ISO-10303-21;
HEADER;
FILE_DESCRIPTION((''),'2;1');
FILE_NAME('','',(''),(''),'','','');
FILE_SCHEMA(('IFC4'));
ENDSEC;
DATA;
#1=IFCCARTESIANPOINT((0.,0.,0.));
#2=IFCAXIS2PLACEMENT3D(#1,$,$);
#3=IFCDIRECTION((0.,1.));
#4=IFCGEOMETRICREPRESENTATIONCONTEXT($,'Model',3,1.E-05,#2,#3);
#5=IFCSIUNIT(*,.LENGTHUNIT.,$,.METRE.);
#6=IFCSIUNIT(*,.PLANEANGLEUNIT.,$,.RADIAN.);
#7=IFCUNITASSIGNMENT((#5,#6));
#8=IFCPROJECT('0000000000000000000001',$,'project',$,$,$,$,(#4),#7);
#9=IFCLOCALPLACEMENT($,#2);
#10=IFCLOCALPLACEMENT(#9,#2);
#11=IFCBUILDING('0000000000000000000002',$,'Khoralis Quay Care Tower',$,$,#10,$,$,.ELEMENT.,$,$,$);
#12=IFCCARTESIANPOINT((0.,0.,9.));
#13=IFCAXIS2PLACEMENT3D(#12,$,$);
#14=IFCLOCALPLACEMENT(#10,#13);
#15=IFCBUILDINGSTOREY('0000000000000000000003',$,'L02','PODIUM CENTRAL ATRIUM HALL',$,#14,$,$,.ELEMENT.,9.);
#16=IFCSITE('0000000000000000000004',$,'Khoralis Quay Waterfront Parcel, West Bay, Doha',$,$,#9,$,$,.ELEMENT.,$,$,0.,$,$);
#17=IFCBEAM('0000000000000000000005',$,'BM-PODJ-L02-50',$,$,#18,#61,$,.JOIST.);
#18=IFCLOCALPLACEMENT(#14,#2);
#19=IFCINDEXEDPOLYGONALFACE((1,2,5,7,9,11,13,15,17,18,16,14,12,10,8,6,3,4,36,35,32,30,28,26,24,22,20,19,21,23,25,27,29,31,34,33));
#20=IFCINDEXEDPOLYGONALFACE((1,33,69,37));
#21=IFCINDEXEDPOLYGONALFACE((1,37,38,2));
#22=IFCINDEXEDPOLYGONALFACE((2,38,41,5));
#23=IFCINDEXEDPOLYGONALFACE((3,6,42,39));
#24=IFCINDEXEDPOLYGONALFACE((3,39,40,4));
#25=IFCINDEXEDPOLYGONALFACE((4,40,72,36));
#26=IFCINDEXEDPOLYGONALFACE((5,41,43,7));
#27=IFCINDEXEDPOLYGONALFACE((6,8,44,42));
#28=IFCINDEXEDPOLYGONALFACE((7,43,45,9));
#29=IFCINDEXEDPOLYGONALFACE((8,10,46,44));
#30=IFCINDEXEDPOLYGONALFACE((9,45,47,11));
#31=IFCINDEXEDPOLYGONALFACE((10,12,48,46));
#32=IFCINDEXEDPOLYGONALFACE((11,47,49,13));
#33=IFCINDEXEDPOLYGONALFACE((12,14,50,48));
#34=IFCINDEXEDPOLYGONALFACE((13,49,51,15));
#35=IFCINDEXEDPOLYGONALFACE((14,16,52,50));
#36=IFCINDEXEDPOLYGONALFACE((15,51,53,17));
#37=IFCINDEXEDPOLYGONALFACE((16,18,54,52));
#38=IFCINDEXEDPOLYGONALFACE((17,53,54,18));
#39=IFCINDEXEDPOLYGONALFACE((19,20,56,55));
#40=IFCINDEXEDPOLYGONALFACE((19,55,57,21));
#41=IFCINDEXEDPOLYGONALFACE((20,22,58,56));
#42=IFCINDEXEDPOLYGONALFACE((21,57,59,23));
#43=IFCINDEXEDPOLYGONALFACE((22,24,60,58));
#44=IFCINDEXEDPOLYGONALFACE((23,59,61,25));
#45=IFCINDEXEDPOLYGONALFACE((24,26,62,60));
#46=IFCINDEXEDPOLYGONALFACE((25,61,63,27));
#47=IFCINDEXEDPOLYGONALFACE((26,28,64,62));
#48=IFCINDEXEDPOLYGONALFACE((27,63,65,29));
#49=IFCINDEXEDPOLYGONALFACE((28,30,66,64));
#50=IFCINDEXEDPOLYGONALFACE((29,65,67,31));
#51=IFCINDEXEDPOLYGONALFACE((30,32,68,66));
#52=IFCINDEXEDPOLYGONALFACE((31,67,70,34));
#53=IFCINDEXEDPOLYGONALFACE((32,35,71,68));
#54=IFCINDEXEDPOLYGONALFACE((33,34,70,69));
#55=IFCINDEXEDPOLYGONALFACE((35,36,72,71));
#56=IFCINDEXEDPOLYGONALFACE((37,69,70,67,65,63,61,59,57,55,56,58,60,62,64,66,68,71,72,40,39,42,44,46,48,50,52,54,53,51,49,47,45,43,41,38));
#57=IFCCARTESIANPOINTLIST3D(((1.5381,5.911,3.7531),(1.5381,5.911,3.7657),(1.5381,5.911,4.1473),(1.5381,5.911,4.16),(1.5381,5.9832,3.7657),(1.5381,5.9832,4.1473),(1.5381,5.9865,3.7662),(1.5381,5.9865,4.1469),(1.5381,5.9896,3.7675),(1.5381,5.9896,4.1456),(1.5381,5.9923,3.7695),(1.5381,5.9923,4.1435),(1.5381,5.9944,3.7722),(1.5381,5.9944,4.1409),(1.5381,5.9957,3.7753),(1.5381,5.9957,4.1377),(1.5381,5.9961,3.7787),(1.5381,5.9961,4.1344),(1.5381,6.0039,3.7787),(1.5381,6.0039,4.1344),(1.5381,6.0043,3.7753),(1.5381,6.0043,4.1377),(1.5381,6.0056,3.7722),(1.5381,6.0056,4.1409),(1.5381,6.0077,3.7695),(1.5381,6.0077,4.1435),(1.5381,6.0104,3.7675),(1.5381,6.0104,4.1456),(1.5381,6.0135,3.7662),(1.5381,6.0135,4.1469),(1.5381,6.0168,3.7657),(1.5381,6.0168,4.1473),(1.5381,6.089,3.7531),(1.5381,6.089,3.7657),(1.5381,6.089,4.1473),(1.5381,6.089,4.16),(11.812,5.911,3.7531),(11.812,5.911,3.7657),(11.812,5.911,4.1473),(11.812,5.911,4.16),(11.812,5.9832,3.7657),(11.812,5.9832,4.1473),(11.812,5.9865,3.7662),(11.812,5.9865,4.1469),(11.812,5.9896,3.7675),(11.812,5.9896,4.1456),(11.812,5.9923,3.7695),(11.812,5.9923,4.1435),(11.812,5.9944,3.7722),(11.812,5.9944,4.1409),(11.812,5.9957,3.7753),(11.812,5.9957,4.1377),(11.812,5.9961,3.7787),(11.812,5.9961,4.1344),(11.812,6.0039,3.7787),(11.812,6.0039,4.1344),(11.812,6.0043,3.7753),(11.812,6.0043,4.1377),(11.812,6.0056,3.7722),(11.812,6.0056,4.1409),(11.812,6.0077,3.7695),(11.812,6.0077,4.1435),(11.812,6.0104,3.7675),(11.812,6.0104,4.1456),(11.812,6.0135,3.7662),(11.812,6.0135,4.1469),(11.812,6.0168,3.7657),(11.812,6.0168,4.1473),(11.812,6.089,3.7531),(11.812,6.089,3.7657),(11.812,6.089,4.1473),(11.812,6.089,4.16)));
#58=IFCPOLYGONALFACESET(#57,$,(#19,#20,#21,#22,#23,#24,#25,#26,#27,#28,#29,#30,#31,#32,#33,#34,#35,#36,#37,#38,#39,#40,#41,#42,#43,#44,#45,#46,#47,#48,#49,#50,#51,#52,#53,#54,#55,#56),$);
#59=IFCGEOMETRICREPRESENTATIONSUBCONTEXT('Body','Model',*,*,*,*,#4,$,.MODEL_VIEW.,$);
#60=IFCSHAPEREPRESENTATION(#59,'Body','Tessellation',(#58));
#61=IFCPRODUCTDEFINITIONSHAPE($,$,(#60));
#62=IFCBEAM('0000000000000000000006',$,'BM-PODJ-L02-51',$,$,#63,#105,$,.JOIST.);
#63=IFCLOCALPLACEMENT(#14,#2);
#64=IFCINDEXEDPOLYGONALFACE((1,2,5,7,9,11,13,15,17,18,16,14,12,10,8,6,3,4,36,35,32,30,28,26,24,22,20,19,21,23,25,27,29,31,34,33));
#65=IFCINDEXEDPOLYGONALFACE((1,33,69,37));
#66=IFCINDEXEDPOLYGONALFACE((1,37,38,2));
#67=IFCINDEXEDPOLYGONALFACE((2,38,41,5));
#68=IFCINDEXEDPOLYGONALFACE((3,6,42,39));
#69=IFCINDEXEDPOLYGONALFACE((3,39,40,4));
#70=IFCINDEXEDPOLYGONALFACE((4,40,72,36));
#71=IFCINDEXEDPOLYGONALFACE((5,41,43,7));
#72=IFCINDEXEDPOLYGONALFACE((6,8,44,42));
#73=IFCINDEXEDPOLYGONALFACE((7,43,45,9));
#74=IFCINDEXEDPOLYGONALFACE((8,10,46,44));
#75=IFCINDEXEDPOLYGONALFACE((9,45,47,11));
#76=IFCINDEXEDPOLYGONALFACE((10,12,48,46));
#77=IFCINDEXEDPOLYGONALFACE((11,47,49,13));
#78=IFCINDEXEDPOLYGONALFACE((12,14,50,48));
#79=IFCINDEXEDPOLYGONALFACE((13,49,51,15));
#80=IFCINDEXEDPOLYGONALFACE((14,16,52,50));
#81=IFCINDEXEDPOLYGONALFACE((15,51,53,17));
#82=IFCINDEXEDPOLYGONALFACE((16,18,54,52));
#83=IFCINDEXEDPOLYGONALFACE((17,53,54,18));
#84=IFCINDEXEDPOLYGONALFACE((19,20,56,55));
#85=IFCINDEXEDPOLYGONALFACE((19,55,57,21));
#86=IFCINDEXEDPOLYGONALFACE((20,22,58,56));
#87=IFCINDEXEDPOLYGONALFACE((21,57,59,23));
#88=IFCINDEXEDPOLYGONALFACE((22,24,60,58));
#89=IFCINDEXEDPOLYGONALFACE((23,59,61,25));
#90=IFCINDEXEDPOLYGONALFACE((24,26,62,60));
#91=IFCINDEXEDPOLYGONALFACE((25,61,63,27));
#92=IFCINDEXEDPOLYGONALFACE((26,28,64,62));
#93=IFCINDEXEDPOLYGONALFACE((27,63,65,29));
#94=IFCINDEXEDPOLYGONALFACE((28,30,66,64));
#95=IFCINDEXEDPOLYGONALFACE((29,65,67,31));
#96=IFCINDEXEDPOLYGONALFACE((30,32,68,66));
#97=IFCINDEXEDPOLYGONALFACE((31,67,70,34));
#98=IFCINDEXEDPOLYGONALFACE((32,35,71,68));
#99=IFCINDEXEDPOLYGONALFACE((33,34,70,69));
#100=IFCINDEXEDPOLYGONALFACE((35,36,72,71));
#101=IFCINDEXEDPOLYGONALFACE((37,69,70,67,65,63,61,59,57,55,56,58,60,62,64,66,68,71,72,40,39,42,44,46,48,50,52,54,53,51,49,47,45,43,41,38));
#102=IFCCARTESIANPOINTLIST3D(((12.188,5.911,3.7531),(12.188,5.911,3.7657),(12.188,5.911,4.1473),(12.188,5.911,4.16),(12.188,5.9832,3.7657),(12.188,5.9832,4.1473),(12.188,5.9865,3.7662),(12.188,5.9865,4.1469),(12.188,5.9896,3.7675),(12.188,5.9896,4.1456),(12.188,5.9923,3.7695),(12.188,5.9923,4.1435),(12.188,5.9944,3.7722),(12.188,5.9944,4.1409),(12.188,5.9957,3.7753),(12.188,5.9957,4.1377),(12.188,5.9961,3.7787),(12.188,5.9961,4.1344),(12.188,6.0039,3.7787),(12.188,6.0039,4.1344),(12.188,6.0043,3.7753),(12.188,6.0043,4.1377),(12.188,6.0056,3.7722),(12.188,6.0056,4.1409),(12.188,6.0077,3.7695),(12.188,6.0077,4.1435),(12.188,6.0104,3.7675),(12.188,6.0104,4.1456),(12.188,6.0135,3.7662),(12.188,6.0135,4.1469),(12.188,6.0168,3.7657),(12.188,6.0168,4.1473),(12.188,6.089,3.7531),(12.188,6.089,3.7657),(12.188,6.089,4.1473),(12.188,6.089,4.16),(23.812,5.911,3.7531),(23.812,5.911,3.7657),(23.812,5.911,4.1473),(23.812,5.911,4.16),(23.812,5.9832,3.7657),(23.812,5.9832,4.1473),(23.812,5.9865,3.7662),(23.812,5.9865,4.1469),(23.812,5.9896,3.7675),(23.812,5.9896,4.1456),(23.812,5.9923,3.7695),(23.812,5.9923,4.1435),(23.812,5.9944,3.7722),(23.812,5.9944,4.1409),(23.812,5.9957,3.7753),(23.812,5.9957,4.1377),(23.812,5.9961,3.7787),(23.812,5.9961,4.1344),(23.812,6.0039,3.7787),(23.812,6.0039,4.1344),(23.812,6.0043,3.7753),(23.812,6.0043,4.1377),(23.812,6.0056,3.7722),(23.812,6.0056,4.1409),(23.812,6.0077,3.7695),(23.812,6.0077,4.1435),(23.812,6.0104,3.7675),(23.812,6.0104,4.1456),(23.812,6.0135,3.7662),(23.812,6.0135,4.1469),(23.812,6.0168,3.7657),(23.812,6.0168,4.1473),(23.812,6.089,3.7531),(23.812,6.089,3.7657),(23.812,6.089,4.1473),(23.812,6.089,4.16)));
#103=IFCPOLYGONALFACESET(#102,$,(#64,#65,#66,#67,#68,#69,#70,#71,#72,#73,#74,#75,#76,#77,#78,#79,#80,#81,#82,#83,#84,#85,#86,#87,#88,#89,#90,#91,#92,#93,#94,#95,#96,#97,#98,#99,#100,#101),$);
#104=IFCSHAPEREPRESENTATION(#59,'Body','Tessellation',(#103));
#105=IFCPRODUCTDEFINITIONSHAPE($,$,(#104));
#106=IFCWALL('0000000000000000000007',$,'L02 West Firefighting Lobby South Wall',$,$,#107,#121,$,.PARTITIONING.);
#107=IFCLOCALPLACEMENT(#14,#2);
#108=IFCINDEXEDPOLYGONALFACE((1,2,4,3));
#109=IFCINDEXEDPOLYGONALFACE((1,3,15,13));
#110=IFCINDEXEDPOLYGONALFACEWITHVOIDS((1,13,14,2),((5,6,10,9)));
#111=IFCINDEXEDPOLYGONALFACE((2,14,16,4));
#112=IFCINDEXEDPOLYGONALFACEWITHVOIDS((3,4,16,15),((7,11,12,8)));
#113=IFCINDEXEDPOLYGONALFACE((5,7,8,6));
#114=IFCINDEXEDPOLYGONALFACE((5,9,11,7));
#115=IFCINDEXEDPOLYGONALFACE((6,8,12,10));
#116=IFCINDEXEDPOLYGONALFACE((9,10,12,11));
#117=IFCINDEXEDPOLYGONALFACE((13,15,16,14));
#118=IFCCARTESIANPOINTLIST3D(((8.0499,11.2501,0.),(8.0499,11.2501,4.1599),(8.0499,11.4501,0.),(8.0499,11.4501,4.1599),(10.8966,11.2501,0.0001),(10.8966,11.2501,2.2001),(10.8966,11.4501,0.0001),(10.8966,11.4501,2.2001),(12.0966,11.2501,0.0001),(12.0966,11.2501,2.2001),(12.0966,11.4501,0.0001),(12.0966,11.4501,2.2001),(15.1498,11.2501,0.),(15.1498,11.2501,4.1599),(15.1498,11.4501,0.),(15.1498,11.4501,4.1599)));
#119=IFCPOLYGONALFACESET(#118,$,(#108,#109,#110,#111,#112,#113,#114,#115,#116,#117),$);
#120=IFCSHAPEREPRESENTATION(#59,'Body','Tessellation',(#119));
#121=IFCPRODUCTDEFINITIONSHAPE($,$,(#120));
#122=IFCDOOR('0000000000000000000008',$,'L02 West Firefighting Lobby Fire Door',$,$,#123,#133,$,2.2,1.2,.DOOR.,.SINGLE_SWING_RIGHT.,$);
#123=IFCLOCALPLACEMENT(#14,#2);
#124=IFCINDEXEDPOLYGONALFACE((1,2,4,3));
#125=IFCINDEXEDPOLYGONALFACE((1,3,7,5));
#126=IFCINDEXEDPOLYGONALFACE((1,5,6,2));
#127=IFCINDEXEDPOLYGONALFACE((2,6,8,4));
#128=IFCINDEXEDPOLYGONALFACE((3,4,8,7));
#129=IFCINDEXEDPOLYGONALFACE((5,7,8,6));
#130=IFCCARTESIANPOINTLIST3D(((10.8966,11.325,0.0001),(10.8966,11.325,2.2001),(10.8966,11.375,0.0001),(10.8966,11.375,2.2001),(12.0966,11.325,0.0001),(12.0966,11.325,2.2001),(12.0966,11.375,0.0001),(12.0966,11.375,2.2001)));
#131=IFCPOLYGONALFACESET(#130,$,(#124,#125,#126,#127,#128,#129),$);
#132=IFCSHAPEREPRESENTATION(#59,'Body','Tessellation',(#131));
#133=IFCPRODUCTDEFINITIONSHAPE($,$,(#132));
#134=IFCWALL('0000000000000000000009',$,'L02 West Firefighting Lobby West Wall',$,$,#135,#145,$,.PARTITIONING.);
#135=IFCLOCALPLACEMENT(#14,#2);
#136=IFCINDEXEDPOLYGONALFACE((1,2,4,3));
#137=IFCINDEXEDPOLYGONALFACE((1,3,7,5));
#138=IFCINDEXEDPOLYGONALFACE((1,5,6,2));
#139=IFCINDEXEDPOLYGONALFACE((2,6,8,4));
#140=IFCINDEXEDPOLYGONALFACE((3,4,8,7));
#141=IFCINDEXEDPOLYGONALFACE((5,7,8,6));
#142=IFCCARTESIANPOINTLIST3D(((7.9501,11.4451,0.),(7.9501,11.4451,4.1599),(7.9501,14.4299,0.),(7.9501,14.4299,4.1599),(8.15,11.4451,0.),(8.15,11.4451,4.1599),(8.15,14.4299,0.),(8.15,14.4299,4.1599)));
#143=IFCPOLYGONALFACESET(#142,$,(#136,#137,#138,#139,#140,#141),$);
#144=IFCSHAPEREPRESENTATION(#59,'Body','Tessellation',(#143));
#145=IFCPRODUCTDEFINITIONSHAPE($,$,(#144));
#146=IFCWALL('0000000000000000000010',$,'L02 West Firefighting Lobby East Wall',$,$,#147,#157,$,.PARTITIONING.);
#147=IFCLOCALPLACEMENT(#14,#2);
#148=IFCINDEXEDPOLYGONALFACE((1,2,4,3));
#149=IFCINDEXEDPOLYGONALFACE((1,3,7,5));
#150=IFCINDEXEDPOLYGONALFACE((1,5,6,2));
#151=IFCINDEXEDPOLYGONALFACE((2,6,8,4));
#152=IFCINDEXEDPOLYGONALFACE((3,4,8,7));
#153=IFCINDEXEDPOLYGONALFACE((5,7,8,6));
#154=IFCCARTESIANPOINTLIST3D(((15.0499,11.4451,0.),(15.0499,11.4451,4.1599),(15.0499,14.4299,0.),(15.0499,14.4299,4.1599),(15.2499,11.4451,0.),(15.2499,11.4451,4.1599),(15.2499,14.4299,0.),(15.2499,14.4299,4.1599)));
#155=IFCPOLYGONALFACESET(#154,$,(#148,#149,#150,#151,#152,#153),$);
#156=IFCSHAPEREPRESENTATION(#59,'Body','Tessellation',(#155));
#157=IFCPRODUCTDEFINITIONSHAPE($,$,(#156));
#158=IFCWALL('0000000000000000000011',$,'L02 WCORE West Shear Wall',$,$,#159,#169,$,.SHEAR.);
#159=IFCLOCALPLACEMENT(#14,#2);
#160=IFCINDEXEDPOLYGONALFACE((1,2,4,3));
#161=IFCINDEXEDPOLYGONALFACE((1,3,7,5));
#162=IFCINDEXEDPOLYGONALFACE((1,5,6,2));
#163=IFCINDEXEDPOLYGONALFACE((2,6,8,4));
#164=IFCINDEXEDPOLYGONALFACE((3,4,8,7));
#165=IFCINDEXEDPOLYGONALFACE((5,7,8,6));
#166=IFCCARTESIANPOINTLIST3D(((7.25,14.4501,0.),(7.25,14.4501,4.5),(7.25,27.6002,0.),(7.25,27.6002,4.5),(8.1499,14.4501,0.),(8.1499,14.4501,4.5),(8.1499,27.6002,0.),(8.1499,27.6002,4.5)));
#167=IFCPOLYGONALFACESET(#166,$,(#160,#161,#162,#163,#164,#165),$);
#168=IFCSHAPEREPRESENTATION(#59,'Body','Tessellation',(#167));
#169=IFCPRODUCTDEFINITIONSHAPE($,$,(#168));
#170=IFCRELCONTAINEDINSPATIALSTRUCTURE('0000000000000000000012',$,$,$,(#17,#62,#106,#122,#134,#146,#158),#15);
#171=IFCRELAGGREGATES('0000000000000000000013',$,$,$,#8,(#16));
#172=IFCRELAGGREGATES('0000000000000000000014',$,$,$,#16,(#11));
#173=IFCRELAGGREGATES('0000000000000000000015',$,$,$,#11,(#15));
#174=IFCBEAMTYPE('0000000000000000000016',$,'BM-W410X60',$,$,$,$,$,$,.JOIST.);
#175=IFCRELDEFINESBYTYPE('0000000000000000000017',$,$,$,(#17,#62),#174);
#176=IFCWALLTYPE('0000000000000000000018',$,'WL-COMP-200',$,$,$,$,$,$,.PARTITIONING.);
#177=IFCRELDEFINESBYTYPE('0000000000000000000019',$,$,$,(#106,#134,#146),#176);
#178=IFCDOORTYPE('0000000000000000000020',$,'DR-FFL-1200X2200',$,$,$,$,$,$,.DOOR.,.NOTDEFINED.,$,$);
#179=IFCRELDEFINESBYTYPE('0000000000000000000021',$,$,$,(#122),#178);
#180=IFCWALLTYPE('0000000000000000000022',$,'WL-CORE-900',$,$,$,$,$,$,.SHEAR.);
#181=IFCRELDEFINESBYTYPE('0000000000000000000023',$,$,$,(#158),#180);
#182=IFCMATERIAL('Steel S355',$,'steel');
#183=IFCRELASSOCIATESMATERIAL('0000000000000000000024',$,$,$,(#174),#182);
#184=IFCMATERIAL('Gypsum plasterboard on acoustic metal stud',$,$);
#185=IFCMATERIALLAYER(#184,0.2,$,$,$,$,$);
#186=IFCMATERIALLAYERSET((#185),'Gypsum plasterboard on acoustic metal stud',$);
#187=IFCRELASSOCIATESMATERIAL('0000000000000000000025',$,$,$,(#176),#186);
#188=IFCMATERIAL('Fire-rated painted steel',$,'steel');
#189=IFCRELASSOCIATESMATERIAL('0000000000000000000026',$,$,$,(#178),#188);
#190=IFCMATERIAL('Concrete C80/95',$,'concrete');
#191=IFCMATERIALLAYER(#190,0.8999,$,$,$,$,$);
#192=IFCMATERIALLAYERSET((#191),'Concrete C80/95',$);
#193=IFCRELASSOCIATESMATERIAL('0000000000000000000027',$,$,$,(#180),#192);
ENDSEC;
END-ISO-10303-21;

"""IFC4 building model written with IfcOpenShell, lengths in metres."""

from ifc_helpers import new_model, si_unit, direction, frame, frame_2d, origin, origin_2d, place, context, subcontext, project, spatial, rectangle, i_section, extrude, source, transform, mapped, material, layer, layer_set, material_profile, profile_set, type_object, element, fill, save


model = new_model("IFC4")

# Units and contexts
model_context = context("Model", 3, precision=1e-05, world=origin(), true_north=direction((0.0, 1.0)))
body_context = subcontext(model_context, "Body", "Model", "MODEL_VIEW")
ifc_project = project(units=[si_unit("LENGTHUNIT", "METRE"), si_unit("PLANEANGLEUNIT", "RADIAN")], contexts=[model_context])

# Site, building, storey
site_placement = place(None, origin())
site = spatial("IfcSite", under=ifc_project, at=site_placement, Name="Khoralis Quay Waterfront Parcel, West Bay, Doha", CompositionType="ELEMENT", RefElevation=0.0)
building_placement = place(site_placement, origin())
building = spatial("IfcBuilding", under=site, at=building_placement, Name="Khoralis Quay Care Tower", CompositionType="ELEMENT")
storey_placement = place(building_placement, frame((0.0, 0.0, 9.0)))
storey = spatial("IfcBuildingStorey", under=building, at=storey_placement, Name="L02", Description="PODIUM CENTRAL ATRIUM HALL", CompositionType="ELEMENT", Elevation=9.0)

# Shared definitions
ifc_material_1 = material(Name="Concrete C80/95", Category="concrete")

# Beams
ifc_material_2 = material(Name="Steel S355", Category="steel")
ifc_material_profile_1 = material_profile(ifc_material_2, i_section(OverallWidth=0.178, OverallDepth=0.407, WebThickness=0.0078, FlangeThickness=0.0127, FilletRadius=0.0129, at=origin_2d()), Name="Steel S355")
ifc_profile_set_1 = profile_set([ifc_material_profile_1], Name="Steel S355")
beam_type_1 = type_object("IfcBeamType", Name="BM-W410X60", PredefinedType="JOIST", material=ifc_profile_set_1)
shared_shape_1 = source(origin(), body_context, "Body", "SweptSolid", [
    extrude(i_section(OverallWidth=0.178, OverallDepth=0.407, WebThickness=0.0078, FlangeThickness=0.0127, FilletRadius=0.0129, at=origin_2d()), origin(), (0.0, 0.0, 1.0), 10.2739),
])
beam_1_placement = place(storey_placement, frame((1.5381, 6.0, 3.9565), z_axis=(1.0, 0.0, 0.0), x_axis=(0.0, 1.0, 0.0)))
element("IfcBeam", 1, at=beam_1_placement, inside=storey, type_object=beam_type_1, Name="BM-PODJ-L02-50", PredefinedType="JOIST", context=body_context, shape_type="MappedRepresentation", body=[
    mapped(shared_shape_1, transform((0.0, 0.0, 0.0), scale=1.0)),
])
shared_shape_2 = source(origin(), body_context, "Body", "SweptSolid", [
    extrude(i_section(OverallWidth=0.178, OverallDepth=0.407, WebThickness=0.0078, FlangeThickness=0.0127, FilletRadius=0.0129, at=origin_2d()), origin(), (0.0, 0.0, 1.0), 11.624),
])
beam_2_placement = place(storey_placement, frame((12.188, 6.0, 3.9565), z_axis=(1.0, 0.0, 0.0), x_axis=(0.0, 1.0, 0.0)))
element("IfcBeam", 2, at=beam_2_placement, inside=storey, type_object=beam_type_1, Name="BM-PODJ-L02-51", PredefinedType="JOIST", context=body_context, shape_type="MappedRepresentation", body=[
    mapped(shared_shape_2, transform((0.0, 0.0, 0.0), scale=1.0)),
])

# Wall, opening, door
ifc_material_3 = material(Name="Gypsum plasterboard on acoustic metal stud")
ifc_layer_1 = layer(ifc_material_3, 0.2)
ifc_layer_set_1 = layer_set([ifc_layer_1], Name="Gypsum plasterboard on acoustic metal stud")
wall_type_1 = type_object("IfcWallType", Name="WL-COMP-200", PredefinedType="PARTITIONING", material=ifc_layer_set_1)
wall_1_placement = place(storey_placement, frame((8.05, 11.3501, 0.0), z_axis=(0.0, 0.0, 1.0), x_axis=(1.0, 0.0, 0.0)))
wall_1 = element("IfcWall", 3, at=wall_1_placement, inside=storey, type_object=wall_type_1, Name="L02 West Firefighting Lobby South Wall", PredefinedType="PARTITIONING", context=body_context, shape_type="SweptSolid", body=[
    extrude(rectangle(XDim=7.0999, YDim=0.2, at=frame_2d((3.5498, 0.0))), origin(), (0.0, 0.0, 1.0), 4.1599),
])
opening_1_placement = place(wall_1_placement, frame((2.8464, 0.0, 0.0)))
opening_1 = element("IfcOpeningElement", 4, at=opening_1_placement, cuts=wall_1, PredefinedType="OPENING", context=body_context, shape_type="SweptSolid", body=[
    extrude(rectangle(XDim=1.2, YDim=2.2, at=frame_2d((0.6001, 1.1001))), frame((0.0, 0.1099, 0.0), z_axis=(0.0, -1.0, 0.0), x_axis=(1.0, 0.0, 0.0)), (0.0, 0.0, 1.0), 0.22),
])
ifc_material_4 = material(Name="Fire-rated painted steel", Category="steel")
door_type_1 = type_object("IfcDoorType", Name="DR-FFL-1200X2200", OperationType="NOTDEFINED", PredefinedType="DOOR", material=ifc_material_4)
shared_shape_3 = source(origin(), body_context, "Body", "SweptSolid", [
    extrude(rectangle(XDim=1.2, YDim=2.2, at=frame_2d((0.6001, 1.1001))), frame((0.0, 0.0249, 0.0), z_axis=(0.0, -1.0, 0.0), x_axis=(1.0, 0.0, 0.0)), (0.0, 0.0, 1.0), 0.05),
])
door_1_placement = place(opening_1_placement, origin())
door_1 = element("IfcDoor", 5, at=door_1_placement, inside=storey, type_object=door_type_1, Name="L02 West Firefighting Lobby Fire Door", OperationType="SINGLE_SWING_RIGHT", OverallHeight=2.2, OverallWidth=1.2, PredefinedType="DOOR", context=body_context, shape_type="MappedRepresentation", body=[
    mapped(shared_shape_3, transform((0.0, 0.0, 0.0), scale=1.0)),
])
fill(opening_1, door_1)

# Walls
for number, where, z_axis, x_axis, name in (
    (6, (8.05, 11.4451, 0.0), (0.0, 0.0, 1.0), (0.0, 1.0, 0.0), "L02 West Firefighting Lobby West Wall"),
    (7, (15.1499, 11.4451, 0.0), (0.0, 0.0, 1.0), (0.0, 1.0, 0.0), "L02 West Firefighting Lobby East Wall"),
):
    element("IfcWall", number, at=place(storey_placement, frame(where, z_axis=z_axis, x_axis=x_axis)), inside=storey, type_object=wall_type_1, Name=name, PredefinedType="PARTITIONING", context=body_context, shape_type="SweptSolid", body=[
        extrude(rectangle(XDim=2.9849, YDim=0.2, at=frame_2d((1.4924, 0.0))), origin(), (0.0, 0.0, 1.0), 4.1599),
    ])
ifc_layer_2 = layer(ifc_material_1, 0.8999)
ifc_layer_set_2 = layer_set([ifc_layer_2], Name="Concrete C80/95")
wall_type_2 = type_object("IfcWallType", Name="WL-CORE-900", PredefinedType="SHEAR", material=ifc_layer_set_2)
wall_2_placement = place(storey_placement, frame((7.7, 14.45, 0.0), z_axis=(0.0, 0.0, 1.0), x_axis=(0.0, 1.0, 0.0)))
element("IfcWall", 8, at=wall_2_placement, inside=storey, type_object=wall_type_2, Name="L02 WCORE West Shear Wall", PredefinedType="SHEAR", context=body_context, shape_type="SweptSolid", body=[
    extrude(rectangle(XDim=13.1501, YDim=0.8999, at=frame_2d((6.5752, 0.0))), origin(), (0.0, 0.0, 1.0), 4.5),
])

save(model, "model.ifc")
